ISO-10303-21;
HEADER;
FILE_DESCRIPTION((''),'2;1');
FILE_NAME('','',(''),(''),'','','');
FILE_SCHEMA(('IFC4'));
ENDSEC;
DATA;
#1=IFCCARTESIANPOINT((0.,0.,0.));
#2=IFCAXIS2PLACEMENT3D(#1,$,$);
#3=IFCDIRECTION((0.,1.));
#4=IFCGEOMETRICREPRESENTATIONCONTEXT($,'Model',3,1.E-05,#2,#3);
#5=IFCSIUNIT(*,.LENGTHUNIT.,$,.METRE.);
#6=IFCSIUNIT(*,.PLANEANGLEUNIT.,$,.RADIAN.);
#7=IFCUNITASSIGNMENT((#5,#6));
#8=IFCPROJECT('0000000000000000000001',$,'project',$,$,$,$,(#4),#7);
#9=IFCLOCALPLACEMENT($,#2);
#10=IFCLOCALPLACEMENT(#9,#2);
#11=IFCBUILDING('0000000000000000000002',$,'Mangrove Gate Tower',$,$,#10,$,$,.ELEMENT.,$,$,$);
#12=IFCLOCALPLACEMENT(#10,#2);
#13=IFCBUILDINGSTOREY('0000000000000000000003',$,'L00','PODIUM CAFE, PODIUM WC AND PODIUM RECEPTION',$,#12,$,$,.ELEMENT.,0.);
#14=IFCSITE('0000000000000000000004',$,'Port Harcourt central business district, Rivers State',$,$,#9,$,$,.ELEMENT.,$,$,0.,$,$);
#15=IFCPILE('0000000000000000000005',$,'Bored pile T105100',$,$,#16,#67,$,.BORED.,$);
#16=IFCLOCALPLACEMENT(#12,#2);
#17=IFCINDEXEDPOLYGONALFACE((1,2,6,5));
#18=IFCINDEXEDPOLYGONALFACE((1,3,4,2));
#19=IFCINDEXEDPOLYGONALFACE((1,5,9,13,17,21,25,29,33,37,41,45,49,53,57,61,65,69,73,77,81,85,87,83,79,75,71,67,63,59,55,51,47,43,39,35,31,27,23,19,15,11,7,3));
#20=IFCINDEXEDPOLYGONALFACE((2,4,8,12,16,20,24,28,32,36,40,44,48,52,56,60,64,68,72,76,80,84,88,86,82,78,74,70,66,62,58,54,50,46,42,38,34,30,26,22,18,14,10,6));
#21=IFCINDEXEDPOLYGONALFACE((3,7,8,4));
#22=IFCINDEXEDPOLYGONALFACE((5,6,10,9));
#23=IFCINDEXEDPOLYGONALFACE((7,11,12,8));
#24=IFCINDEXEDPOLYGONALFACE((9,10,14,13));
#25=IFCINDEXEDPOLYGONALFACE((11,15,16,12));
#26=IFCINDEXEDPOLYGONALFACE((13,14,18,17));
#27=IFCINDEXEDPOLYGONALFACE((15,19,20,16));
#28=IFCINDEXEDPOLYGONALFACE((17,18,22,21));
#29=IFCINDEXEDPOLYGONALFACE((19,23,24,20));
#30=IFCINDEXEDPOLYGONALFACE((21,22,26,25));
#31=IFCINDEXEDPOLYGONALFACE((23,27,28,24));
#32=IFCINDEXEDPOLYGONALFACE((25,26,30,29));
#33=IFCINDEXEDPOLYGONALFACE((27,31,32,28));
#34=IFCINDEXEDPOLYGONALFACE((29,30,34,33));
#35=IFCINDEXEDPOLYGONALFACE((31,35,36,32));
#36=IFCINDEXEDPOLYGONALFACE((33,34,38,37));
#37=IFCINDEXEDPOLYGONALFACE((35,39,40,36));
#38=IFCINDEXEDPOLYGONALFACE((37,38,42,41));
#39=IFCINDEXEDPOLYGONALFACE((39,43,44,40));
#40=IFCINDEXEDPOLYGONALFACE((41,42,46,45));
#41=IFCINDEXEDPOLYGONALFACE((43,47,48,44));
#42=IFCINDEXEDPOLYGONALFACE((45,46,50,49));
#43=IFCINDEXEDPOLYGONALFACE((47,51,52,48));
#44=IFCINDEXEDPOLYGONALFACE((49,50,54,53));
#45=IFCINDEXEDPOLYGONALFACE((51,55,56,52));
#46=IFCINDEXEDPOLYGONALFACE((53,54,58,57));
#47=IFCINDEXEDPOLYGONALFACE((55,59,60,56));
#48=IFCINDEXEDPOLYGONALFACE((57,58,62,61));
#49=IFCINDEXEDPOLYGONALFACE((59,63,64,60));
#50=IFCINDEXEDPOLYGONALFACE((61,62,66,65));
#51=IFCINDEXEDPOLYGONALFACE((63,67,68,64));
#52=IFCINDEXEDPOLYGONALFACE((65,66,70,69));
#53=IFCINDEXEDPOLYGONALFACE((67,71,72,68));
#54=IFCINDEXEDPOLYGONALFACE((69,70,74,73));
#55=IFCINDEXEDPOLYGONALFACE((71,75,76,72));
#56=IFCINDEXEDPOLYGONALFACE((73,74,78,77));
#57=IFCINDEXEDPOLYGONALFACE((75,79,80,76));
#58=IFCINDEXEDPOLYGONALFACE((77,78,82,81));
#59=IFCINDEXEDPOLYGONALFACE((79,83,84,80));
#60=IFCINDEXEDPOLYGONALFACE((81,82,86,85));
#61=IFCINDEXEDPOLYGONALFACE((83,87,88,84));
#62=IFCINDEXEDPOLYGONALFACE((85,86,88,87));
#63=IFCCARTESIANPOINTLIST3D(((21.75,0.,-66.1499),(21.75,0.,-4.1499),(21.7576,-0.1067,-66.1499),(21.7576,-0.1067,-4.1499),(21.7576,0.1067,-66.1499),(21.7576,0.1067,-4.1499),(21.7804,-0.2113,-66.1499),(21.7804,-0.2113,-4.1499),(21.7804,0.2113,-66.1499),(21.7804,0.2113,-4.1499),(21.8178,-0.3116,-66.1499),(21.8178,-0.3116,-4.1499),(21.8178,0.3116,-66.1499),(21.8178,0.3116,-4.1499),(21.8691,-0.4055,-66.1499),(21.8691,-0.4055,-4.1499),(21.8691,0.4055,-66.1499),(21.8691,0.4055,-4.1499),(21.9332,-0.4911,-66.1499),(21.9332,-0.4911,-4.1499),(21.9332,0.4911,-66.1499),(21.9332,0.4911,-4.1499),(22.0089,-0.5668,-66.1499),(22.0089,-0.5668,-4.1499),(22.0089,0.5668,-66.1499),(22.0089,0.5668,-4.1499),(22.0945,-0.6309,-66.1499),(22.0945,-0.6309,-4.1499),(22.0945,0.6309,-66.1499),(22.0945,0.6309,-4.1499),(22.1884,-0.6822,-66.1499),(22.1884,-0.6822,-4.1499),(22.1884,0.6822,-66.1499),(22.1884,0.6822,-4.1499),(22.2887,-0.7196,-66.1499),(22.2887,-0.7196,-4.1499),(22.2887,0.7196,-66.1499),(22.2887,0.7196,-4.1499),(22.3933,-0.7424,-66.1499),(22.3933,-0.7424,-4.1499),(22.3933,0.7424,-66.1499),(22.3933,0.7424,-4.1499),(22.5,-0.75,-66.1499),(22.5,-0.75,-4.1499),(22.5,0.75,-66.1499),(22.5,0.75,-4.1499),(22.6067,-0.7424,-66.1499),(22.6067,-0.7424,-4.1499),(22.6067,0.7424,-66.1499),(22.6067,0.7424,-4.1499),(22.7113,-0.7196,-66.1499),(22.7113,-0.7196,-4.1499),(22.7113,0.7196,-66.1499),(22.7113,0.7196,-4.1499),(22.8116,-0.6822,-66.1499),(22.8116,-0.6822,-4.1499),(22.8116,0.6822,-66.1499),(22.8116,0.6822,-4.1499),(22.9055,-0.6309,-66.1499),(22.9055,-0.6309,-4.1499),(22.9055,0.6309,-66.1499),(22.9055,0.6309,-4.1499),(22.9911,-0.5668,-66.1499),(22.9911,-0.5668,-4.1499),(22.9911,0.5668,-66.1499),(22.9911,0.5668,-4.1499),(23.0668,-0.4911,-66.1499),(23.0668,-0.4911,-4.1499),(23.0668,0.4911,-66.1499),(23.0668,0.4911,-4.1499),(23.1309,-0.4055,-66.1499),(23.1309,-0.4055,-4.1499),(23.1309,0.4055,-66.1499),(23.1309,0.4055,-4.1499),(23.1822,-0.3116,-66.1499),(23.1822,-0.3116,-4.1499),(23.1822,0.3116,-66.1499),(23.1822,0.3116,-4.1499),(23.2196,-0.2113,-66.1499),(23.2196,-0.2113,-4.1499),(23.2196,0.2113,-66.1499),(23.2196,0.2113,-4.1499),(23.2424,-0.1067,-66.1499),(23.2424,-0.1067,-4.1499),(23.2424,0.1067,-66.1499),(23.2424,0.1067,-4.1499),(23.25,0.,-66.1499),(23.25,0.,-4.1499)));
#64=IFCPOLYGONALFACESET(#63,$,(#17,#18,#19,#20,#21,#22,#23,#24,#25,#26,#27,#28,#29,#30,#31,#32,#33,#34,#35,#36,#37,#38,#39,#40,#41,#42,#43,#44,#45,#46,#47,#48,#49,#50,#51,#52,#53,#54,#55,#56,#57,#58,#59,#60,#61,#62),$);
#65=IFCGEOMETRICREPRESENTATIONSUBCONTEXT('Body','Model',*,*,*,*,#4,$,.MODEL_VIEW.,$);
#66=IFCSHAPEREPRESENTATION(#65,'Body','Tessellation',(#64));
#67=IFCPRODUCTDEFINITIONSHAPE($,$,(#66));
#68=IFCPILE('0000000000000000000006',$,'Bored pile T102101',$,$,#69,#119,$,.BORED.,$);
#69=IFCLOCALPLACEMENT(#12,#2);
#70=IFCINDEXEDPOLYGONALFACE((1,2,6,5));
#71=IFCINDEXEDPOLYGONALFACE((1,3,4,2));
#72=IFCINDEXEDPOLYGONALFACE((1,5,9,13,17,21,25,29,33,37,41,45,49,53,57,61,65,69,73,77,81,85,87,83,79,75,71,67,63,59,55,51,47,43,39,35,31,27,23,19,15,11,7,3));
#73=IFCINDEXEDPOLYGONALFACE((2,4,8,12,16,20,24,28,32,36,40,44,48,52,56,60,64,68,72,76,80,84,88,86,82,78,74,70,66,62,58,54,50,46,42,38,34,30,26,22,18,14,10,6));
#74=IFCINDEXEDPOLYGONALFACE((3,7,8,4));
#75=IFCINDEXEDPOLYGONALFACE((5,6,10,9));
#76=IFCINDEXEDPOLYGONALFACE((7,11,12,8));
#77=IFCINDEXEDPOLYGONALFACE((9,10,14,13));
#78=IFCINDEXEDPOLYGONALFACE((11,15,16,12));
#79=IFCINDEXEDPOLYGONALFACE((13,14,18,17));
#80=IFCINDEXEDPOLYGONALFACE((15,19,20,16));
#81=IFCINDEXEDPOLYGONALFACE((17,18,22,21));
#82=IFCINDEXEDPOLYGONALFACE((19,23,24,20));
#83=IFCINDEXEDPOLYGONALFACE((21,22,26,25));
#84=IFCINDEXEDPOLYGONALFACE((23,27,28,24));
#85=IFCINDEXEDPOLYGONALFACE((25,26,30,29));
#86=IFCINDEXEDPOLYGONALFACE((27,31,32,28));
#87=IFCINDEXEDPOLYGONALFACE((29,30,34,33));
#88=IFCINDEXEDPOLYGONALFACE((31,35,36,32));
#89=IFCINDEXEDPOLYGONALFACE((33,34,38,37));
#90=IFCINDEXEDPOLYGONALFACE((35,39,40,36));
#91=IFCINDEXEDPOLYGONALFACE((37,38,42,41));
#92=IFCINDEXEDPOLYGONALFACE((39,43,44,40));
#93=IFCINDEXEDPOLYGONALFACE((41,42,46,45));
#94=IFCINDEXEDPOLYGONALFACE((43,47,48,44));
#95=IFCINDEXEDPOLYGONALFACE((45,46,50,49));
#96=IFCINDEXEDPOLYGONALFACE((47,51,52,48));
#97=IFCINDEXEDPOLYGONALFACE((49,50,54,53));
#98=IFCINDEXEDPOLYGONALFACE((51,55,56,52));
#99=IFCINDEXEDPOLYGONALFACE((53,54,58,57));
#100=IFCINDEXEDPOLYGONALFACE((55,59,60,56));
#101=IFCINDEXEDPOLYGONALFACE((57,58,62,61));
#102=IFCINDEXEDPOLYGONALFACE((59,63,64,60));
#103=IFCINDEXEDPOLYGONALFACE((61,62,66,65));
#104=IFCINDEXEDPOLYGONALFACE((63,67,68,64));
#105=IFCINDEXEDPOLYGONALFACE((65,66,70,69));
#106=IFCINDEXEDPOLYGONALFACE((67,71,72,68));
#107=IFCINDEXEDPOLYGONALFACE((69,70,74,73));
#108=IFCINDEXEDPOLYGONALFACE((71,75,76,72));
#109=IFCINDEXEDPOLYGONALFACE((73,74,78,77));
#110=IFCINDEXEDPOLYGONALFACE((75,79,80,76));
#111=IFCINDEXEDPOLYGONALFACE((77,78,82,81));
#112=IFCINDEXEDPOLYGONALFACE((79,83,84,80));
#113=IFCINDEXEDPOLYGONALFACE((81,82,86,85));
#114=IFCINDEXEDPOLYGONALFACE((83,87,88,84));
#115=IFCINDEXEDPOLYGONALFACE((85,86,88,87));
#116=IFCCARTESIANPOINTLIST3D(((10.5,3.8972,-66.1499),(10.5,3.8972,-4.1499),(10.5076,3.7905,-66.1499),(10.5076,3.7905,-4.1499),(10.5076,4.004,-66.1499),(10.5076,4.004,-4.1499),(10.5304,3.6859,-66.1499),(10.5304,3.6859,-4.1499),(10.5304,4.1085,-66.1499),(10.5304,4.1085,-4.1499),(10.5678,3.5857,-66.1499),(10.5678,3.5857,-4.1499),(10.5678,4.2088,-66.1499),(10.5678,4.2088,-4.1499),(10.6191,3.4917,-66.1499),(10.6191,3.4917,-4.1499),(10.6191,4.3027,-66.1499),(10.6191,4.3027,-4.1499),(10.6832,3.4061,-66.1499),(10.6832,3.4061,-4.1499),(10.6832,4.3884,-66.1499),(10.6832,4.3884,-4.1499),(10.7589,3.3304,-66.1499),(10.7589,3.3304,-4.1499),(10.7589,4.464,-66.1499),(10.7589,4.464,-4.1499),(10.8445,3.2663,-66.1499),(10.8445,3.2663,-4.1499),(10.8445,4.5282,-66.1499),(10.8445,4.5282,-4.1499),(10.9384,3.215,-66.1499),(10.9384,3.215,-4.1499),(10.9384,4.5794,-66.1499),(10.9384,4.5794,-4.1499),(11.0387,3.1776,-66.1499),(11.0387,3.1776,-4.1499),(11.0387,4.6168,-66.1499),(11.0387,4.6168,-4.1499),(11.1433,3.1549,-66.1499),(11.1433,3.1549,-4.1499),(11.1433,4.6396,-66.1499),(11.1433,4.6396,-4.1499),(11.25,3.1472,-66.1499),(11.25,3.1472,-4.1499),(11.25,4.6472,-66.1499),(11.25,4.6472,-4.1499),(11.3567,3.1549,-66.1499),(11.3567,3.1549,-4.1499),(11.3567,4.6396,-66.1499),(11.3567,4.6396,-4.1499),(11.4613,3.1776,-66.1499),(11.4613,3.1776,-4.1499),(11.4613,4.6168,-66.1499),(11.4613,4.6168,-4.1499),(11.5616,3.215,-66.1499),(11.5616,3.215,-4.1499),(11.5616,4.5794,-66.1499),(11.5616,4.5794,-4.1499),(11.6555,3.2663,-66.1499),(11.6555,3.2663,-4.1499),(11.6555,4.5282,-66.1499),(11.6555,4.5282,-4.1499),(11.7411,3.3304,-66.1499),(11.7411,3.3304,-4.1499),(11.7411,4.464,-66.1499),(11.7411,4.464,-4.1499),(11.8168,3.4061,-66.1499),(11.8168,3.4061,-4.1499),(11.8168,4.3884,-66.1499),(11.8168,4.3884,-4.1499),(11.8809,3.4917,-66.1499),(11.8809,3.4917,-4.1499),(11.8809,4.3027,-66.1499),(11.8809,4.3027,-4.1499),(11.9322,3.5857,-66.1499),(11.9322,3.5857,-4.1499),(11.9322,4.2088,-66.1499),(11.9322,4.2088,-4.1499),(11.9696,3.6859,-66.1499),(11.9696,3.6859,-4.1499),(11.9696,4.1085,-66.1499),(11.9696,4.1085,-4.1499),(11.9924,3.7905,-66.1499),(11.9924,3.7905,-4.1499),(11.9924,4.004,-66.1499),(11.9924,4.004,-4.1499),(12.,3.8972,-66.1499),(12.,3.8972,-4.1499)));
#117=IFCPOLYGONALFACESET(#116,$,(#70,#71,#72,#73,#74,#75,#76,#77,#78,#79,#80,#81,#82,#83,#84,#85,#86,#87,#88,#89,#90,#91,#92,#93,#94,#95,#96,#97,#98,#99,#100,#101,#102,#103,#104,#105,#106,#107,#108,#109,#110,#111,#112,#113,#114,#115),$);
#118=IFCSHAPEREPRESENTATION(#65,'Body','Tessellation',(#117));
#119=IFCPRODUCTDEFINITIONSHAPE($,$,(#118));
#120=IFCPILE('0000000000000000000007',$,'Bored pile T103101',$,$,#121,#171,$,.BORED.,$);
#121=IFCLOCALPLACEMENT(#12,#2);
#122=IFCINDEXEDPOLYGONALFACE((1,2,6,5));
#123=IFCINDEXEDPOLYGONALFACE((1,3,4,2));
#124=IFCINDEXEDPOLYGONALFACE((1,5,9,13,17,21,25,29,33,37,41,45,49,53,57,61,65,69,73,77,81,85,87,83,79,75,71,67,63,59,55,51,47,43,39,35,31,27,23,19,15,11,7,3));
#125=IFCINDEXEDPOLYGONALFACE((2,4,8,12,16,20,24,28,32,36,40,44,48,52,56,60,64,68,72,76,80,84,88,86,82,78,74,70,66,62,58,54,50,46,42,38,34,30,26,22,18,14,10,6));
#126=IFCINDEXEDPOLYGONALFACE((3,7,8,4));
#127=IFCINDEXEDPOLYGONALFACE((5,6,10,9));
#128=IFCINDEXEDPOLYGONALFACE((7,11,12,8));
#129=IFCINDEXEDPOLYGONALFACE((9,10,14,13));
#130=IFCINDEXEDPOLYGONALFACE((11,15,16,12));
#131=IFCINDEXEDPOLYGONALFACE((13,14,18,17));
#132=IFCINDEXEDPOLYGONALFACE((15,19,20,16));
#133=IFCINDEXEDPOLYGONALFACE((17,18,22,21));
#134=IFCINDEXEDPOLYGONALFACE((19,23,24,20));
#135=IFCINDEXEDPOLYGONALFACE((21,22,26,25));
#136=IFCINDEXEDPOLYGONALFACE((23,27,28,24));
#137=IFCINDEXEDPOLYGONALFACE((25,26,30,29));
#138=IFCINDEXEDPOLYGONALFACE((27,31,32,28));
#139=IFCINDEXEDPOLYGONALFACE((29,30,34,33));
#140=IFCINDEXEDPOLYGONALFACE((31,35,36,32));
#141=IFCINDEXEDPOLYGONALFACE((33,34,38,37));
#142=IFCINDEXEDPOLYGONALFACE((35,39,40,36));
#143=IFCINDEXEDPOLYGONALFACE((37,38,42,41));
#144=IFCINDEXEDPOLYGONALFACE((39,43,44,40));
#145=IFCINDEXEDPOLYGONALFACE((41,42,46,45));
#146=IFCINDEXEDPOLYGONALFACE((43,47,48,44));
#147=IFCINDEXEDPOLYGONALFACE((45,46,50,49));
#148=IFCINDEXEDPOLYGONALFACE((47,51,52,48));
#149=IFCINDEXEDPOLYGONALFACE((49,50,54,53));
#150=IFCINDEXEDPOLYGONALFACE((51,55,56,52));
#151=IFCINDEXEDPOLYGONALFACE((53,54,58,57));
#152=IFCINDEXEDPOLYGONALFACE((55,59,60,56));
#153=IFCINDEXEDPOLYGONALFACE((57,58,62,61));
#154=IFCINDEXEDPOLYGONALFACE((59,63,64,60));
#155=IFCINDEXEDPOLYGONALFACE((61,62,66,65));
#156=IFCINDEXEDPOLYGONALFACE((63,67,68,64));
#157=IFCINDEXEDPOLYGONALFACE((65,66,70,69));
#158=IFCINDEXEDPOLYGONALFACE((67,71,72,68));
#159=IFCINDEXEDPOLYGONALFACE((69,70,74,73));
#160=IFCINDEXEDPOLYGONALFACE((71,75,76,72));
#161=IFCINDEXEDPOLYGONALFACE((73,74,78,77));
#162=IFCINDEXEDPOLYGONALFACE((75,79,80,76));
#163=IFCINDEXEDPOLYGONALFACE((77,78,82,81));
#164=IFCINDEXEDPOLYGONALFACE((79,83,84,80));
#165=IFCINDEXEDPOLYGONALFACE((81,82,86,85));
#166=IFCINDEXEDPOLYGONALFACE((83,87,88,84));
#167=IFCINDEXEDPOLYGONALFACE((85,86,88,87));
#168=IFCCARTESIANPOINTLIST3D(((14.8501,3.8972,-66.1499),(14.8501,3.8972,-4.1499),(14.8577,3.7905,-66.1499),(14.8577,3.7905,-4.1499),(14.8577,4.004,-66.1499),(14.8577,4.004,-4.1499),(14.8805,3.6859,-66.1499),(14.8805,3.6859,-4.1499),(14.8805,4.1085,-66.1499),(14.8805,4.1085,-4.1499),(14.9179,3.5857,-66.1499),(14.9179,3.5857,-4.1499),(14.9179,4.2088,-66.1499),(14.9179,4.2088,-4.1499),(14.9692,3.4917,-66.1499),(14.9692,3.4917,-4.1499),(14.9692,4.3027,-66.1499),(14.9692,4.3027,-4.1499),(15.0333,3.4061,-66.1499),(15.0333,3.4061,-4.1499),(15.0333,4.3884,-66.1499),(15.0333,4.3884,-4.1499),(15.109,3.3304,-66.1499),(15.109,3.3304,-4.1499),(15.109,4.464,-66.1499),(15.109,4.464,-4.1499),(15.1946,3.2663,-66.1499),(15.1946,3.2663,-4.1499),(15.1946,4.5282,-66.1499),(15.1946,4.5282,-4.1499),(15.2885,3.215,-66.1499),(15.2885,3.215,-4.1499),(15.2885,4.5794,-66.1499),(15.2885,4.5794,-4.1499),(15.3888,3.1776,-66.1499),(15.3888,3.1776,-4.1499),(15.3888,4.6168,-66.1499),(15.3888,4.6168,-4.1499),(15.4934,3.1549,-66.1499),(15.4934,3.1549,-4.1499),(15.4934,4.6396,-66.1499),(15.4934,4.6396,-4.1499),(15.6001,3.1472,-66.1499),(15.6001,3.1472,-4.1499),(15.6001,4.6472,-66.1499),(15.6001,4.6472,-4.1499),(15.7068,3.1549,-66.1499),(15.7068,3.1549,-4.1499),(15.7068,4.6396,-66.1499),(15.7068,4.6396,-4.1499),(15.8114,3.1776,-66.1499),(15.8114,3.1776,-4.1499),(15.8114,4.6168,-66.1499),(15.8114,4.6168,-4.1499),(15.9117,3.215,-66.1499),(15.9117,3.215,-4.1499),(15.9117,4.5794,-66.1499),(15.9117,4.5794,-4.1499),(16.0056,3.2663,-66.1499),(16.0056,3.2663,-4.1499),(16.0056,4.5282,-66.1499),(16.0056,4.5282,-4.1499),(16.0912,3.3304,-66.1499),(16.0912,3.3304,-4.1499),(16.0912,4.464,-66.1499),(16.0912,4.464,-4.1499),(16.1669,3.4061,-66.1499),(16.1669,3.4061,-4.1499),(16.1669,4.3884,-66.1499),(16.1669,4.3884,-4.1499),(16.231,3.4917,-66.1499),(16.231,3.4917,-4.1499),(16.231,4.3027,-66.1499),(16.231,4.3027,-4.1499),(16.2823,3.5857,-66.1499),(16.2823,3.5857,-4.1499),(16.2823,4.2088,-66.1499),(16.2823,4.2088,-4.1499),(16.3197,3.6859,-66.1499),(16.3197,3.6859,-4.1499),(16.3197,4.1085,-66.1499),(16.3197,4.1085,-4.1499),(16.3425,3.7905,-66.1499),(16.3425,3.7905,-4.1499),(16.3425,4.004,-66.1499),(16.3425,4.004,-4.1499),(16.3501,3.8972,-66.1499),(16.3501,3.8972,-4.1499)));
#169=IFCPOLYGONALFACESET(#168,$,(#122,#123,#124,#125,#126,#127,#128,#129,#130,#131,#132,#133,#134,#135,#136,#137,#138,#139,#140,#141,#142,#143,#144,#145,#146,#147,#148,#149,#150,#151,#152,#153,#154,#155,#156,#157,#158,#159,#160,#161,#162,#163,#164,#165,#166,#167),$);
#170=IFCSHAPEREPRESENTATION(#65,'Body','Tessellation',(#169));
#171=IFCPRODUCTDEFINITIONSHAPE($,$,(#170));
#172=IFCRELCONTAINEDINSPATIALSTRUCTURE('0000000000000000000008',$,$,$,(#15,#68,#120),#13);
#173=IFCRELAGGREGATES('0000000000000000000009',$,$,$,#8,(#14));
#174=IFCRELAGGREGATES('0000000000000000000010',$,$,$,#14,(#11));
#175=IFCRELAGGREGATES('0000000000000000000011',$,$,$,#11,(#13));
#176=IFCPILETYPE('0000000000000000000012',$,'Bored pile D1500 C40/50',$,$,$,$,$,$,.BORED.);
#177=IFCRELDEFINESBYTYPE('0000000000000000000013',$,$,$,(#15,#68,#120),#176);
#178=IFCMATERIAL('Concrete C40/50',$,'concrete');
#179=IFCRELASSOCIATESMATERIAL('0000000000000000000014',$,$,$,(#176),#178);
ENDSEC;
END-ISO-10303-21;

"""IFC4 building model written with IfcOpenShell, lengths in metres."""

from ifc_helpers import new_model, si_unit, direction, frame, origin, origin_2d, place, context, subcontext, project, spatial, circle, extrude, material, material_profile, profile_set, type_object, element, save


model = new_model("IFC4")

# Units and contexts
model_context = context("Model", 3, precision=1e-05, world=origin(), true_north=direction((0.0, 1.0)))
body_context = subcontext(model_context, "Body", "Model", "MODEL_VIEW")
ifc_project = project(units=[si_unit("LENGTHUNIT", "METRE"), si_unit("PLANEANGLEUNIT", "RADIAN")], contexts=[model_context])

# Site, building, storey
site_placement = place(None, origin())
site = spatial("IfcSite", under=ifc_project, at=site_placement, Name="Port Harcourt central business district, Rivers State", CompositionType="ELEMENT", RefElevation=0.0)
building_placement = place(site_placement, origin())
building = spatial("IfcBuilding", under=site, at=building_placement, Name="Mangrove Gate Tower", CompositionType="ELEMENT")
storey_placement = place(building_placement, origin())
storey = spatial("IfcBuildingStorey", under=building, at=storey_placement, Name="L00", Description="PODIUM CAFE, PODIUM WC AND PODIUM RECEPTION", CompositionType="ELEMENT", Elevation=0.0)

# Piles
ifc_material_1 = material(Name="Concrete C40/50", Category="concrete")
ifc_material_profile_1 = material_profile(ifc_material_1, circle(Radius=0.75, at=origin_2d()))
ifc_profile_set_1 = profile_set([ifc_material_profile_1], Name="Concrete C40/50")
pile_type = type_object("IfcPileType", Name="Bored pile D1500 C40/50", PredefinedType="BORED", material=ifc_profile_set_1)
for number, where, z_axis, x_axis, name in (
    (1, (22.5, 0.0, -4.1499), (0.0, 0.0, -1.0), (1.0, 0.0, 0.0), "Bored pile T105100"),
    (2, (11.25, 3.8972, -4.1499), (0.0, 0.0, -1.0), (1.0, 0.0, 0.0), "Bored pile T102101"),
    (3, (15.6001, 3.8972, -4.1499), (0.0, 0.0, -1.0), (1.0, 0.0, 0.0), "Bored pile T103101"),
):
    element("IfcPile", number, at=place(storey_placement, frame(where, z_axis=z_axis, x_axis=x_axis)), inside=storey, type_object=pile_type, Name=name, PredefinedType="BORED", context=body_context, shape_type="SweptSolid", body=[
        extrude(circle(Radius=0.75, at=origin_2d()), origin(), (0.0, 0.0, 1.0), 62.0),
    ])

save(model, "model.ifc")
